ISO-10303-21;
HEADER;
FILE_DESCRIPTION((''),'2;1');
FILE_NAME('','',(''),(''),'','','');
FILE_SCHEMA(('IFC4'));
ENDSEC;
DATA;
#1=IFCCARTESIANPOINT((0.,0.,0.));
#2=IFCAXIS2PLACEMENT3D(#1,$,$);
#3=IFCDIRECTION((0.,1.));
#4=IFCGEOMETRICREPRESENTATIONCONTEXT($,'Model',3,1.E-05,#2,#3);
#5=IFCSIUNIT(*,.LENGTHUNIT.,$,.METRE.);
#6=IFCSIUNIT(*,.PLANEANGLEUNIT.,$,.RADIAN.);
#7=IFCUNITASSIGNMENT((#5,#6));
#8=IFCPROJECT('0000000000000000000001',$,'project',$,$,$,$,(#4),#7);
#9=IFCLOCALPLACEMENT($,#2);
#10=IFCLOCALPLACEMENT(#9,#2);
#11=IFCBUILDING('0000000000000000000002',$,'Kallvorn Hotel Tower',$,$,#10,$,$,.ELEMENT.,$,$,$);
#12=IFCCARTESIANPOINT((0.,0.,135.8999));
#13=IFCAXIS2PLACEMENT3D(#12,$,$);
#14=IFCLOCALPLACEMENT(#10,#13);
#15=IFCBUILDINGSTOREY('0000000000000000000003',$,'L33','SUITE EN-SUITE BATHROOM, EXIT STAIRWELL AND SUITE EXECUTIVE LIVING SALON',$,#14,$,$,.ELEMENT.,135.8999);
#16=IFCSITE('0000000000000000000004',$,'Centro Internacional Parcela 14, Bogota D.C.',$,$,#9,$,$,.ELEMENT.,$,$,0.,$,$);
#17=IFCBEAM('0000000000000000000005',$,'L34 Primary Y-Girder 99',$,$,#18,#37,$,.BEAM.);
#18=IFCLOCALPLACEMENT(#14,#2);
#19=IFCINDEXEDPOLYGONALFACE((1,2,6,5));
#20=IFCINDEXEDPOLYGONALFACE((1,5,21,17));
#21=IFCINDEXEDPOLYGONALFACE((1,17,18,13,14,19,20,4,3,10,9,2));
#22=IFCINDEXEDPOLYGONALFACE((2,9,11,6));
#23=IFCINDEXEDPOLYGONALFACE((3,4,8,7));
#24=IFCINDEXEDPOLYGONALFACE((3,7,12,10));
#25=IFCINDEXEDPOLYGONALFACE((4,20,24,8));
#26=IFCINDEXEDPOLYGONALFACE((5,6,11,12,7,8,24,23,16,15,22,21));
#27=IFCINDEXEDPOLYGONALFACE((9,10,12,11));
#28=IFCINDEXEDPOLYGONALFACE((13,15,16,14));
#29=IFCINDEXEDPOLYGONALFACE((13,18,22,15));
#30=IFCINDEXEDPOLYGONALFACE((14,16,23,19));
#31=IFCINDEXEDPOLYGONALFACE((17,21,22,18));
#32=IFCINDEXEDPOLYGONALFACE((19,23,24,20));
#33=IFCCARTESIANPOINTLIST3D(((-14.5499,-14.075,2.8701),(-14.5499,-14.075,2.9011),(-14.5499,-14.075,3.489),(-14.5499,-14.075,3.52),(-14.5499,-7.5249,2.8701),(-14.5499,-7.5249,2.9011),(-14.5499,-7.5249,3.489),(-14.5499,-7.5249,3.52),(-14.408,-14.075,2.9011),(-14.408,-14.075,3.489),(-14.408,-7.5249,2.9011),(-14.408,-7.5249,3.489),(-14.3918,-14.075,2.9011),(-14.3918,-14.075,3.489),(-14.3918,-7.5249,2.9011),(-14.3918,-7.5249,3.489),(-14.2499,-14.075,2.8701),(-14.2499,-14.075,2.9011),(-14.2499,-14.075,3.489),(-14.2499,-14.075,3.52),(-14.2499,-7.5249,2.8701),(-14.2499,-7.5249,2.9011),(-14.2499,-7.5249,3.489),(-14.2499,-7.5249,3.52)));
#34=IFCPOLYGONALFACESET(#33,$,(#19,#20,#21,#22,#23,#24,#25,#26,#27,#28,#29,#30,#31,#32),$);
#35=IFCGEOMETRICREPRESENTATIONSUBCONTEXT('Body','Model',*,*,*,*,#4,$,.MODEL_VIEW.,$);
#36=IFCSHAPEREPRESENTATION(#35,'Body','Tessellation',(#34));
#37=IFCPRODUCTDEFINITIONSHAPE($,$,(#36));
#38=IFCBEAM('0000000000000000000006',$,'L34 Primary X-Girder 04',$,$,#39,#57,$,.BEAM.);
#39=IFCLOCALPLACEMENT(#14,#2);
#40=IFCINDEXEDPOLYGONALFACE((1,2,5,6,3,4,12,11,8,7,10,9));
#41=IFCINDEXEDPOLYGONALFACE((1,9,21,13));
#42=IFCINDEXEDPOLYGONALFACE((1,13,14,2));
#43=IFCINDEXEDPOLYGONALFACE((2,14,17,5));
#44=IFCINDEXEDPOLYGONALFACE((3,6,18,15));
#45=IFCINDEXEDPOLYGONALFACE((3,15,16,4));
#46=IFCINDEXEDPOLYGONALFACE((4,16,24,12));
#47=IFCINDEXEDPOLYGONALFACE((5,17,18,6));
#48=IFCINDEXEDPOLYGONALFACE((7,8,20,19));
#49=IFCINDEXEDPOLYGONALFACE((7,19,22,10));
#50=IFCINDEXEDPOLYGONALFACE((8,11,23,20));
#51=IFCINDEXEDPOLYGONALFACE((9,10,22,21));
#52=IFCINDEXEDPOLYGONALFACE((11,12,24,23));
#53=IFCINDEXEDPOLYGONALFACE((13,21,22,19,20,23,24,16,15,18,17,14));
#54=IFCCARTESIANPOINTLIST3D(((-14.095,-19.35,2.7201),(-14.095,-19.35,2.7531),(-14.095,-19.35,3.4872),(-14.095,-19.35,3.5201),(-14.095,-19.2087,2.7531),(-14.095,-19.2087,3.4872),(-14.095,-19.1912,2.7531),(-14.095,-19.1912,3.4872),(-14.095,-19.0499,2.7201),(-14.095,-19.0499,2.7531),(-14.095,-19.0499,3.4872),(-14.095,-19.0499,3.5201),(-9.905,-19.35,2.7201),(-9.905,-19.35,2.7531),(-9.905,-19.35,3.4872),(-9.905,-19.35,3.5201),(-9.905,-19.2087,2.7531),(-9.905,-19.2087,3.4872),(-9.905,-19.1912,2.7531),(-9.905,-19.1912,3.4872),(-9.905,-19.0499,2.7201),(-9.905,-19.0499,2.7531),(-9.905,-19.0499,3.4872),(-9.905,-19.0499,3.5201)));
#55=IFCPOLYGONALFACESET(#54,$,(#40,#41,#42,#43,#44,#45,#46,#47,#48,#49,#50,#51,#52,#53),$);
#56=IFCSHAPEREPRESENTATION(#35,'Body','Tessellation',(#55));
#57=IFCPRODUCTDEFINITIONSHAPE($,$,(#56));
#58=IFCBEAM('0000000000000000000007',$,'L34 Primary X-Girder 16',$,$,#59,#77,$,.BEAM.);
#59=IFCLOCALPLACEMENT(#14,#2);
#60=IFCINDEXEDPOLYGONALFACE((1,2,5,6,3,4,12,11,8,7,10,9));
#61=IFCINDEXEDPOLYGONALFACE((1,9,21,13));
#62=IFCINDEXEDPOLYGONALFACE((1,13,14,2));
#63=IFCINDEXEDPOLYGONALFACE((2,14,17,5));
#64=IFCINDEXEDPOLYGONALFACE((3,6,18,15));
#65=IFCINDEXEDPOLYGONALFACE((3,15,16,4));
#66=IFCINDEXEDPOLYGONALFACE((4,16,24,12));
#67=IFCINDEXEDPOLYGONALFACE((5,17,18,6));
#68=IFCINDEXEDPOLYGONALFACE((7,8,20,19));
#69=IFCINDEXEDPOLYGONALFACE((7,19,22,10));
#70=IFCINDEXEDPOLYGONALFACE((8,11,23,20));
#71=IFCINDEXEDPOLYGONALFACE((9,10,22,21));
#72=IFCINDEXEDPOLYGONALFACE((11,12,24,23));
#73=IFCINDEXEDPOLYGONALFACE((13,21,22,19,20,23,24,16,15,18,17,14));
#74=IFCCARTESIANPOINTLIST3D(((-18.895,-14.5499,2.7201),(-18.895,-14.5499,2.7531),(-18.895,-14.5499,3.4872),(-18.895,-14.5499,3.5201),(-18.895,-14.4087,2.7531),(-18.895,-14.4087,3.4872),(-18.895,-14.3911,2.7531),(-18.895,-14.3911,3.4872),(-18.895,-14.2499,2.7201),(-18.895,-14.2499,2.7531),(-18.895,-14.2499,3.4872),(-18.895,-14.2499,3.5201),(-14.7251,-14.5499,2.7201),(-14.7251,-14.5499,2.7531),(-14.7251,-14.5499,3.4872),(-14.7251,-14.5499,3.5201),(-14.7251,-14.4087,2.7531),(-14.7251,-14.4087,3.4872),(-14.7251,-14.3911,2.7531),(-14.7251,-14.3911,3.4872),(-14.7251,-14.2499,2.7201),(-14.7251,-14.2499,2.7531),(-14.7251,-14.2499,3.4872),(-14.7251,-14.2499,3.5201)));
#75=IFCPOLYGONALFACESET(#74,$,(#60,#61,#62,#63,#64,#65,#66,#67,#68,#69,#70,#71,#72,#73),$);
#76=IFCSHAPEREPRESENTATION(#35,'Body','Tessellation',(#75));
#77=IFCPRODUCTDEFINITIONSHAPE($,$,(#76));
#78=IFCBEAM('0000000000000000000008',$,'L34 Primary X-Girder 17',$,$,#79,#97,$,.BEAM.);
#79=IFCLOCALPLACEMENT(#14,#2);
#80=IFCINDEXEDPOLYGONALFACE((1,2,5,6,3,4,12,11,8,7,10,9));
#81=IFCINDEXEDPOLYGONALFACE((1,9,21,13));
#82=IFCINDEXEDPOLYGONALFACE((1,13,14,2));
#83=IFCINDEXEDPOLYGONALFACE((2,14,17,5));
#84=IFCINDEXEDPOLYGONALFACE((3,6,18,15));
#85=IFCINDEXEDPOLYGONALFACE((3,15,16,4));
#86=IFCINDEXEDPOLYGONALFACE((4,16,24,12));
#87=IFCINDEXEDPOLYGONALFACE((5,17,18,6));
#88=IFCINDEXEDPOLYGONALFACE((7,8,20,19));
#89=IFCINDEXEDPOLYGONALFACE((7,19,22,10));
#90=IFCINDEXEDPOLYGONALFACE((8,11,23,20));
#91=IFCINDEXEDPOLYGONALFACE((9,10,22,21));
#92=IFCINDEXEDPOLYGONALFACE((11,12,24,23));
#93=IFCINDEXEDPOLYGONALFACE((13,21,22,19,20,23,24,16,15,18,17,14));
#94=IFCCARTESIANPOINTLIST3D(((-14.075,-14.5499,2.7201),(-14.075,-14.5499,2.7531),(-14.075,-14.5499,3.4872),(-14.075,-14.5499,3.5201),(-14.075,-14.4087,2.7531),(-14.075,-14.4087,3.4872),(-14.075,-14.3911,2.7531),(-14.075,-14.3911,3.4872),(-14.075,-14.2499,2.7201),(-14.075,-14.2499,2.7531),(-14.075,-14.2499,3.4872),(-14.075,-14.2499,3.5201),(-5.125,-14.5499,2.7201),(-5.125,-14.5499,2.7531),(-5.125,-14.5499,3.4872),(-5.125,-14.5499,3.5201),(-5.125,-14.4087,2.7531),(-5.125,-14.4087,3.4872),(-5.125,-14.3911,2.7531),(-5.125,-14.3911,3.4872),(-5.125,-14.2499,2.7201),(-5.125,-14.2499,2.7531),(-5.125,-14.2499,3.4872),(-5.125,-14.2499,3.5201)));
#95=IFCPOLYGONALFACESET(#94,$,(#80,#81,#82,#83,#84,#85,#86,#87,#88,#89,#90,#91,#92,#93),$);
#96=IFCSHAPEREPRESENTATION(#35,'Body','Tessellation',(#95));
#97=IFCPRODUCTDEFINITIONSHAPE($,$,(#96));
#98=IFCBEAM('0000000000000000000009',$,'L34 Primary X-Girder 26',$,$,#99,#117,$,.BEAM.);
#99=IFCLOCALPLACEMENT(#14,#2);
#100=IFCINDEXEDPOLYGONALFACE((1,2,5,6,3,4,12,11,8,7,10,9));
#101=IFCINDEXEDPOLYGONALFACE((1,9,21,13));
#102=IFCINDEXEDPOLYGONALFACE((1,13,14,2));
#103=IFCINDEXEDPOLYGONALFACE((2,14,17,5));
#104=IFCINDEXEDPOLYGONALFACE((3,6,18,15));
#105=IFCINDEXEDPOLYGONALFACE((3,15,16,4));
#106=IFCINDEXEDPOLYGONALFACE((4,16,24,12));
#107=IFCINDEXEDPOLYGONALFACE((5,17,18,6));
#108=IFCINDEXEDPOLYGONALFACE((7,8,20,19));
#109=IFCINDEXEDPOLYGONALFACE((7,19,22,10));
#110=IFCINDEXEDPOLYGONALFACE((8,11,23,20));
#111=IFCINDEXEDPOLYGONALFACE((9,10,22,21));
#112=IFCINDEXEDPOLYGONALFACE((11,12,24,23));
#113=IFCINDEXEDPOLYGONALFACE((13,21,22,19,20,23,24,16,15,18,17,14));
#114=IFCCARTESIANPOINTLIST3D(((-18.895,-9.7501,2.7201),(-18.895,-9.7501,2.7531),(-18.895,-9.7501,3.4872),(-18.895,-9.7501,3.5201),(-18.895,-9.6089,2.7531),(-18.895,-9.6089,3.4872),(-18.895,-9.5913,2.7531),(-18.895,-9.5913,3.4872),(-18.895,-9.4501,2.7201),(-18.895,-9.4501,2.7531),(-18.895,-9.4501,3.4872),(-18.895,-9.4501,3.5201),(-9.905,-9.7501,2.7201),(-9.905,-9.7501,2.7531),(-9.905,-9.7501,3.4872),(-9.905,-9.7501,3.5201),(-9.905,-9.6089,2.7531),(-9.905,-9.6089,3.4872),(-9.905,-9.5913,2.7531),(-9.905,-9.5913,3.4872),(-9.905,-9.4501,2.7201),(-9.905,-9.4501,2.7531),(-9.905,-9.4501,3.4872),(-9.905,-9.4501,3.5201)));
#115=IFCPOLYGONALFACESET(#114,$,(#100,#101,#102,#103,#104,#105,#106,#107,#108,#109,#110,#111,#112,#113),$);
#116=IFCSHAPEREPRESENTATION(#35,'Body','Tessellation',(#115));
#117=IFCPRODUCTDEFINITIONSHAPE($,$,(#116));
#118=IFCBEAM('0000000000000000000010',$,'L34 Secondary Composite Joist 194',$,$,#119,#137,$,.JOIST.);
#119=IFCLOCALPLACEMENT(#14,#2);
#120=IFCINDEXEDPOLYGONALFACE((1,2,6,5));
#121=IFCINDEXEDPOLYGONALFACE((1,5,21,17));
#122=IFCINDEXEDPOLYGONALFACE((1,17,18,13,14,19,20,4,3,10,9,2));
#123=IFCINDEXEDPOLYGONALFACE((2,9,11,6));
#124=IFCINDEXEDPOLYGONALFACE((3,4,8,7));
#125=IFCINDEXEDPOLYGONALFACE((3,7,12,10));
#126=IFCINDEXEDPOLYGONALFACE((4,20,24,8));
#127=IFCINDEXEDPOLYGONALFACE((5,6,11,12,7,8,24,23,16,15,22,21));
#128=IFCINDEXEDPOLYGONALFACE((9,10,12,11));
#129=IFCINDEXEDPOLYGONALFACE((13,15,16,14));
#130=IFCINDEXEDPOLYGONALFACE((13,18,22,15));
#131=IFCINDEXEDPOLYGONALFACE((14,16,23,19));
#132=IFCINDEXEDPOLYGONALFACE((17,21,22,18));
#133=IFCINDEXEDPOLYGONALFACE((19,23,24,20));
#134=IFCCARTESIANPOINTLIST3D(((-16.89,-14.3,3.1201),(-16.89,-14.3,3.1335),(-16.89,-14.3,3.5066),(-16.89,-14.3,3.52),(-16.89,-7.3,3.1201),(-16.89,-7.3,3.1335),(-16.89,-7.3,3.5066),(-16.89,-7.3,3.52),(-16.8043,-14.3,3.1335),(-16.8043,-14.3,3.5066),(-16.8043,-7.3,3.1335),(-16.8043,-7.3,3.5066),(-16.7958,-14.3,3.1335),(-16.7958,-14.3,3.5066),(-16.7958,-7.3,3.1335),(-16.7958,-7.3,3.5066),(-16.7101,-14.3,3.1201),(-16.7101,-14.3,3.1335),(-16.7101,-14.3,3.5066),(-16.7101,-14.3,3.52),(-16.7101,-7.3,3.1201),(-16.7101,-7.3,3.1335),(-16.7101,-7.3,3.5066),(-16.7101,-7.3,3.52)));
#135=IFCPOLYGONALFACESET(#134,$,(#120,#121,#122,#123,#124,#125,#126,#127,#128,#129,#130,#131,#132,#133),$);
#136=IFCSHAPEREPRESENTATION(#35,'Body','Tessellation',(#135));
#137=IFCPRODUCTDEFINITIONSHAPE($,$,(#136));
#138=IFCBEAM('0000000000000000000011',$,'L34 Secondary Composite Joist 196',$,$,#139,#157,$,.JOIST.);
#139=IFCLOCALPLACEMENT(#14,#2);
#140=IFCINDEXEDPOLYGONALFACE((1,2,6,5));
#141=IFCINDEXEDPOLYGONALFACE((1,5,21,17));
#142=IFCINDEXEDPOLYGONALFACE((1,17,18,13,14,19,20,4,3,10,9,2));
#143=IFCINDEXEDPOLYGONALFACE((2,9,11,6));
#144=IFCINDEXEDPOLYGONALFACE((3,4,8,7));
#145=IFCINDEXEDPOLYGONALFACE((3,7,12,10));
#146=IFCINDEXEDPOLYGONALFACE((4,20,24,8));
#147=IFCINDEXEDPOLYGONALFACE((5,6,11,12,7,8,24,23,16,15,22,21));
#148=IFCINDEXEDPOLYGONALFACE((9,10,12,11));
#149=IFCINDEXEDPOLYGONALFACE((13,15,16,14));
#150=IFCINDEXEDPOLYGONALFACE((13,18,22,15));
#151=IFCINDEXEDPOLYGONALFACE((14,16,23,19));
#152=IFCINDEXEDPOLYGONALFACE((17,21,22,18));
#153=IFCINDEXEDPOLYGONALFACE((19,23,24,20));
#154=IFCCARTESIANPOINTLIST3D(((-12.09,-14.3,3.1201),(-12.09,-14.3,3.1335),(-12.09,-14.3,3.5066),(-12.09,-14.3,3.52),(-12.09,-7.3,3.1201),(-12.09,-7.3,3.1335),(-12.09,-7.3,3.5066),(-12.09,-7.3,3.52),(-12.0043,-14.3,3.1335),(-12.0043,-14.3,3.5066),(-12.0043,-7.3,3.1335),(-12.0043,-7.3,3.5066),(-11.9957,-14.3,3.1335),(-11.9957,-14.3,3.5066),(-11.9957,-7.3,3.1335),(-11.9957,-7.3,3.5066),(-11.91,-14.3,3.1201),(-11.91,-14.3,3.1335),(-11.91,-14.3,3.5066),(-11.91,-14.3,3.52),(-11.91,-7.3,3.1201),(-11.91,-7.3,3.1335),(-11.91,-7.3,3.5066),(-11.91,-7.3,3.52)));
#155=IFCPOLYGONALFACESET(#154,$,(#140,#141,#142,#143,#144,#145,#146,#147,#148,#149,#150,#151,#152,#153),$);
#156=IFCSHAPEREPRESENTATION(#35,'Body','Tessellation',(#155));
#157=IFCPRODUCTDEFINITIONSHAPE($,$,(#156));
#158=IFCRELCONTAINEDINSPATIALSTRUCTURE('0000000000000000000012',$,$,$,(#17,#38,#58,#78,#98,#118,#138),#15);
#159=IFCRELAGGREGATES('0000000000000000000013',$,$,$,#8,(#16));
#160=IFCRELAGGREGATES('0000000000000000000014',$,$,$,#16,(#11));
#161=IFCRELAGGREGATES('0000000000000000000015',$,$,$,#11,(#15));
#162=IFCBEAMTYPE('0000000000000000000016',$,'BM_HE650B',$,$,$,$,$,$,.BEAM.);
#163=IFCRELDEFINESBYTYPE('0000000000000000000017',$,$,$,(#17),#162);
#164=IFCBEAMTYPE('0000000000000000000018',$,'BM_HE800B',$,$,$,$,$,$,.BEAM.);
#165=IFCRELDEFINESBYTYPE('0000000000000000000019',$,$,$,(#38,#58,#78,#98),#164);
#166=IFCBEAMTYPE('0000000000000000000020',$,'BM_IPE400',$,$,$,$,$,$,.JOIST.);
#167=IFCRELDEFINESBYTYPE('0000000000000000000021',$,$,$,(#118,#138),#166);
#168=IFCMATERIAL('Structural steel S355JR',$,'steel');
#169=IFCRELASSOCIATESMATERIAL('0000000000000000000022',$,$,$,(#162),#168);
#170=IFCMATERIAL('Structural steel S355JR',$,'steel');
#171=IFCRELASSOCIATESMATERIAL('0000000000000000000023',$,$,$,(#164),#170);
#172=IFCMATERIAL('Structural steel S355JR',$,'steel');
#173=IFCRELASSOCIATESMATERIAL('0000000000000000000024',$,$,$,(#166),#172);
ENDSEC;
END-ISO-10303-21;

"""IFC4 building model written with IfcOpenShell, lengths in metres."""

from ifc_helpers import new_model, si_unit, direction, frame, origin, origin_2d, place, context, subcontext, project, spatial, i_section, extrude, material, material_profile, profile_set, type_object, element, save


model = new_model("IFC4")

# Units and contexts
model_context = context("Model", 3, precision=1e-05, world=origin(), true_north=direction((0.0, 1.0)))
body_context = subcontext(model_context, "Body", "Model", "MODEL_VIEW")
ifc_project = project(units=[si_unit("LENGTHUNIT", "METRE"), si_unit("PLANEANGLEUNIT", "RADIAN")], contexts=[model_context])

# Site, building, storey
site_placement = place(None, origin())
site = spatial("IfcSite", under=ifc_project, at=site_placement, Name="Centro Internacional Parcela 14, Bogota D.C.", CompositionType="ELEMENT", RefElevation=0.0)
building_placement = place(site_placement, origin())
building = spatial("IfcBuilding", under=site, at=building_placement, Name="Kallvorn Hotel Tower", CompositionType="ELEMENT")
storey_placement = place(building_placement, frame((0.0, 0.0, 135.8999)))
storey = spatial("IfcBuildingStorey", under=building, at=storey_placement, Name="L33", Description="SUITE EN-SUITE BATHROOM, EXIT STAIRWELL AND SUITE EXECUTIVE LIVING SALON", CompositionType="ELEMENT", Elevation=135.8999)

# Beams
ifc_material_1 = material(Name="Structural steel S355JR", Category="steel")
ifc_material_profile_1 = material_profile(ifc_material_1, i_section(OverallWidth=0.3, OverallDepth=0.6499, WebThickness=0.0161, FlangeThickness=0.031, at=origin_2d()), Name="HE 650 B")
ifc_profile_set_1 = profile_set([ifc_material_profile_1], Name="Structural steel S355JR")
beam_type_1 = type_object("IfcBeamType", Name="BM_HE650B", PredefinedType="BEAM", material=ifc_profile_set_1)
beam_1_placement = place(storey_placement, frame((-14.3999, -14.075, 3.1951), z_axis=(0.0, 1.0, 0.0), x_axis=(-1.0, 0.0, 0.0)))
element("IfcBeam", 1, at=beam_1_placement, inside=storey, type_object=beam_type_1, Name="L34 Primary Y-Girder 99", PredefinedType="BEAM", context=body_context, shape_type="SweptSolid", body=[
    extrude(i_section(OverallWidth=0.3, OverallDepth=0.6499, WebThickness=0.0161, FlangeThickness=0.031, at=origin_2d()), origin(), (0.0, 0.0, 1.0), 6.55),
])
ifc_material_2 = material(Name="Structural steel S355JR", Category="steel")
ifc_material_profile_2 = material_profile(ifc_material_2, i_section(OverallWidth=0.3, OverallDepth=0.8, WebThickness=0.0176, FlangeThickness=0.033, at=origin_2d()), Name="HE 800 B")
ifc_profile_set_2 = profile_set([ifc_material_profile_2], Name="Structural steel S355JR")
beam_type_2 = type_object("IfcBeamType", Name="BM_HE800B", PredefinedType="BEAM", material=ifc_profile_set_2)
beam_2_placement = place(storey_placement, frame((-14.095, -19.2, 3.1201), z_axis=(1.0, 0.0, 0.0), x_axis=(0.0, 1.0, 0.0)))
element("IfcBeam", 2, at=beam_2_placement, inside=storey, type_object=beam_type_2, Name="L34 Primary X-Girder 04", PredefinedType="BEAM", context=body_context, shape_type="SweptSolid", body=[
    extrude(i_section(OverallWidth=0.3, OverallDepth=0.8, WebThickness=0.0176, FlangeThickness=0.033, at=origin_2d()), origin(), (0.0, 0.0, 1.0), 4.1899),
])
beam_3_placement = place(storey_placement, frame((-18.895, -14.3999, 3.1201), z_axis=(1.0, 0.0, 0.0), x_axis=(0.0, 1.0, 0.0)))
element("IfcBeam", 3, at=beam_3_placement, inside=storey, type_object=beam_type_2, Name="L34 Primary X-Girder 16", PredefinedType="BEAM", context=body_context, shape_type="SweptSolid", body=[
    extrude(i_section(OverallWidth=0.3, OverallDepth=0.8, WebThickness=0.0176, FlangeThickness=0.033, at=origin_2d()), origin(), (0.0, 0.0, 1.0), 4.1699),
])
beam_4_placement = place(storey_placement, frame((-14.075, -14.3999, 3.1201), z_axis=(1.0, 0.0, 0.0), x_axis=(0.0, 1.0, 0.0)))
element("IfcBeam", 4, at=beam_4_placement, inside=storey, type_object=beam_type_2, Name="L34 Primary X-Girder 17", PredefinedType="BEAM", context=body_context, shape_type="SweptSolid", body=[
    extrude(i_section(OverallWidth=0.3, OverallDepth=0.8, WebThickness=0.0176, FlangeThickness=0.033, at=origin_2d()), origin(), (0.0, 0.0, 1.0), 8.95),
])
beam_5_placement = place(storey_placement, frame((-18.895, -9.6001, 3.1201), z_axis=(1.0, 0.0, 0.0), x_axis=(0.0, 1.0, 0.0)))
element("IfcBeam", 5, at=beam_5_placement, inside=storey, type_object=beam_type_2, Name="L34 Primary X-Girder 26", PredefinedType="BEAM", context=body_context, shape_type="SweptSolid", body=[
    extrude(i_section(OverallWidth=0.3, OverallDepth=0.8, WebThickness=0.0176, FlangeThickness=0.033, at=origin_2d()), origin(), (0.0, 0.0, 1.0), 8.99),
])
ifc_material_3 = material(Name="Structural steel S355JR", Category="steel")
ifc_material_profile_3 = material_profile(ifc_material_3, i_section(OverallWidth=0.1799, OverallDepth=0.3999, WebThickness=0.0085, FlangeThickness=0.0134, at=origin_2d()), Name="IPE 400")
ifc_profile_set_3 = profile_set([ifc_material_profile_3], Name="Structural steel S355JR")
beam_type_3 = type_object("IfcBeamType", Name="BM_IPE400", PredefinedType="JOIST", material=ifc_profile_set_3)
for number, where, z_axis, x_axis, name in (
    (6, (-16.8, -14.3, 3.3201), (0.0, 1.0, 0.0), (-1.0, 0.0, 0.0), "L34 Secondary Composite Joist 194"),
    (7, (-12.0, -14.3, 3.3201), (0.0, 1.0, 0.0), (-1.0, 0.0, 0.0), "L34 Secondary Composite Joist 196"),
):
    element("IfcBeam", number, at=place(storey_placement, frame(where, z_axis=z_axis, x_axis=x_axis)), inside=storey, type_object=beam_type_3, Name=name, PredefinedType="JOIST", context=body_context, shape_type="SweptSolid", body=[
        extrude(i_section(OverallWidth=0.1799, OverallDepth=0.3999, WebThickness=0.0085, FlangeThickness=0.0134, at=origin_2d()), origin(), (0.0, 0.0, 1.0), 7.0),
    ])

save(model, "model.ifc")
